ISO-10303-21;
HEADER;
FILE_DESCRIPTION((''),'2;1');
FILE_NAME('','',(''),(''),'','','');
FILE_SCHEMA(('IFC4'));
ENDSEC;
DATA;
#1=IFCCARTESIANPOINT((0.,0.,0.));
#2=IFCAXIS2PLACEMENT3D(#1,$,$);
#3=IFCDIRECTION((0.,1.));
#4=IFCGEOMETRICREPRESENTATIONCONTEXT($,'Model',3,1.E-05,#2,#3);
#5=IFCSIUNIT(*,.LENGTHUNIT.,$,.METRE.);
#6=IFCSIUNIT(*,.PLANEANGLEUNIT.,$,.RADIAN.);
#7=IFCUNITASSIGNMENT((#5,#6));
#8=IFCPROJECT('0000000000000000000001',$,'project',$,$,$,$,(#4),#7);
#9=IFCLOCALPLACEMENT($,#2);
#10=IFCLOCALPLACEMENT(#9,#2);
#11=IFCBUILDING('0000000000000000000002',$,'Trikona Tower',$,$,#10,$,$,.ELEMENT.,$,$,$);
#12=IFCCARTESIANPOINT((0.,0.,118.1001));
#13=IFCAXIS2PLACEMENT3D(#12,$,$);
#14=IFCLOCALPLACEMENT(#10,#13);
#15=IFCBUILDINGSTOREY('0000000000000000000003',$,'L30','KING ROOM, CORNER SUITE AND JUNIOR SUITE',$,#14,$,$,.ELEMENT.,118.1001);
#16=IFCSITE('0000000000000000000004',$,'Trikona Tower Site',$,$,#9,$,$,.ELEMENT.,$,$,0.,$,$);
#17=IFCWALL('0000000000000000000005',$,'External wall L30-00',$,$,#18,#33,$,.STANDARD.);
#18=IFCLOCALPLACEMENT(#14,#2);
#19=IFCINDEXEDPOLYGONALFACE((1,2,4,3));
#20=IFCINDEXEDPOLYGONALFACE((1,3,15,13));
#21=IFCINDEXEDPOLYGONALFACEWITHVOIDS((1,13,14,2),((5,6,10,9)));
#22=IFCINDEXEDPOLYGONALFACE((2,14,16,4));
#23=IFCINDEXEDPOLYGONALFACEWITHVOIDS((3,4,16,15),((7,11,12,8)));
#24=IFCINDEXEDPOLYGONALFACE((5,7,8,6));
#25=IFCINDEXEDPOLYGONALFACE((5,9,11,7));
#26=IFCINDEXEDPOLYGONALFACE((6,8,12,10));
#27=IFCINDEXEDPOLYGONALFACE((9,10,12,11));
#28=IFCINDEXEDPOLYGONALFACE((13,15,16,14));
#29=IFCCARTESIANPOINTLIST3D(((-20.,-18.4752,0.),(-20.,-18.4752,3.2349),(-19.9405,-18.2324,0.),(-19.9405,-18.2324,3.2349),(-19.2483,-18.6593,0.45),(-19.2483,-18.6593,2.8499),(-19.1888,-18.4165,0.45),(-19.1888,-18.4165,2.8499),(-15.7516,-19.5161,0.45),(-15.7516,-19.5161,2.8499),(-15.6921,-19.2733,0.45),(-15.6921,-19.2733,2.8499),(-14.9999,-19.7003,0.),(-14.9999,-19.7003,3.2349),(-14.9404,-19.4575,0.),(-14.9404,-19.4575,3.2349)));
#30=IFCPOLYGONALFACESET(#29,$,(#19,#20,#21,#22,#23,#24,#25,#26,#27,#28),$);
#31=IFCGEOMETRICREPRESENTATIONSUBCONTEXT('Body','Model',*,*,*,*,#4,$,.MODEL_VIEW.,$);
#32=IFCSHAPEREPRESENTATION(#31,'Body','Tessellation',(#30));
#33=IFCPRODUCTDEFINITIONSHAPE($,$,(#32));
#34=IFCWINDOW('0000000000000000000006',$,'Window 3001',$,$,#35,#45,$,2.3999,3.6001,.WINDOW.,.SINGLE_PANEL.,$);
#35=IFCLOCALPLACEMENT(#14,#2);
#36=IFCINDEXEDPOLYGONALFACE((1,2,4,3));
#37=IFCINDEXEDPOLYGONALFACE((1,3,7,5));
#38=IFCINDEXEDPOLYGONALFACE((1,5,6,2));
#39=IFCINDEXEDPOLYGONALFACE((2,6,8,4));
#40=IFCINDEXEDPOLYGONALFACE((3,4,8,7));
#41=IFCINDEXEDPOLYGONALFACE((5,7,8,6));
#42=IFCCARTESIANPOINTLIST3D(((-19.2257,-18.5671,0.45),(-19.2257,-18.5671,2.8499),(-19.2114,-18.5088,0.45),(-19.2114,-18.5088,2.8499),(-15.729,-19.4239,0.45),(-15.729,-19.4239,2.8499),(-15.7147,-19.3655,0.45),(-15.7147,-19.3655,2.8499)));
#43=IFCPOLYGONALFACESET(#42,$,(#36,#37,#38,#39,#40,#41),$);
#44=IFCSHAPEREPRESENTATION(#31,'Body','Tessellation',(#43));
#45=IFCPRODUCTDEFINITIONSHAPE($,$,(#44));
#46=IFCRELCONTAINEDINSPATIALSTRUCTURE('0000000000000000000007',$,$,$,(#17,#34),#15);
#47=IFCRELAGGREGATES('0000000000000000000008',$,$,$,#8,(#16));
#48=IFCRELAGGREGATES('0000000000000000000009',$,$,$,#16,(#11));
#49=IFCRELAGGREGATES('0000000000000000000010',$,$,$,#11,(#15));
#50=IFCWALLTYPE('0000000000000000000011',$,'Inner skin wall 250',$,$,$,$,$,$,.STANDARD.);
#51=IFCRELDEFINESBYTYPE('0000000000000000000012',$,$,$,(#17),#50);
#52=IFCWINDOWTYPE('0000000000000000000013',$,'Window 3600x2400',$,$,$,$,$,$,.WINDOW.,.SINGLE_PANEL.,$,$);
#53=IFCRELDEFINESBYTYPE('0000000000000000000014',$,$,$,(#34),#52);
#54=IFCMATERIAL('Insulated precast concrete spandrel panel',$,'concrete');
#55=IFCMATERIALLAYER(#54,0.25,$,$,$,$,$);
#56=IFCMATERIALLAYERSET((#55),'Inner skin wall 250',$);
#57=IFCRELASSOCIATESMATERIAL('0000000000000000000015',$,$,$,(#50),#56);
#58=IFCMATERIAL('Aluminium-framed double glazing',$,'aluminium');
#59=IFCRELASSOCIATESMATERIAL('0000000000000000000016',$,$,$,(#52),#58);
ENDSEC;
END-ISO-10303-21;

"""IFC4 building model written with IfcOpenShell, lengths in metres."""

from ifc_helpers import new_model, si_unit, direction, frame, frame_2d, origin, place, context, subcontext, project, spatial, rectangle, extrude, material, layer, layer_set, type_object, element, fill, save


model = new_model("IFC4")

# Units and contexts
model_context = context("Model", 3, precision=1e-05, world=origin(), true_north=direction((0.0, 1.0)))
body_context = subcontext(model_context, "Body", "Model", "MODEL_VIEW")
ifc_project = project(units=[si_unit("LENGTHUNIT", "METRE"), si_unit("PLANEANGLEUNIT", "RADIAN")], contexts=[model_context])

# Site, building, storey
site_placement = place(None, origin())
site = spatial("IfcSite", under=ifc_project, at=site_placement, Name="Trikona Tower Site", CompositionType="ELEMENT", RefElevation=0.0)
building_placement = place(site_placement, origin())
building = spatial("IfcBuilding", under=site, at=building_placement, Name="Trikona Tower", CompositionType="ELEMENT")
storey_placement = place(building_placement, frame((0.0, 0.0, 118.1001)))
storey = spatial("IfcBuildingStorey", under=building, at=storey_placement, Name="L30", Description="KING ROOM, CORNER SUITE AND JUNIOR SUITE", CompositionType="ELEMENT", Elevation=118.1001)

# Wall, opening, window
ifc_material_1 = material(Name="Insulated precast concrete spandrel panel", Category="concrete")
ifc_layer_1 = layer(ifc_material_1, 0.25)
ifc_layer_set_1 = layer_set([ifc_layer_1], Name="Inner skin wall 250")
wall_type_1 = type_object("IfcWallType", Name="Inner skin wall 250", PredefinedType="STANDARD", material=ifc_layer_set_1)
wall_1_placement = place(storey_placement, frame((-19.9702, -18.3538, 0.0), z_axis=(0.0, 0.0, 1.0), x_axis=(0.97127, -0.23798, 0.0)))
wall_1 = element("IfcWall", 1, at=wall_1_placement, inside=storey, type_object=wall_type_1, Name="External wall L30-00", PredefinedType="STANDARD", context=body_context, shape_type="SweptSolid", body=[
    extrude(rectangle(XDim=5.1479, YDim=0.25, at=frame_2d((2.574, 0.0))), origin(), (0.0, 0.0, 1.0), 3.2349),
])
opening_1_placement = place(wall_1_placement, frame((0.7739, 0.0, 0.45)))
opening_1 = element("IfcOpeningElement", 2, at=opening_1_placement, cuts=wall_1, PredefinedType="OPENING", context=body_context, shape_type="SweptSolid", body=[
    extrude(rectangle(XDim=3.6001, YDim=2.3999, at=frame_2d((1.8, 1.2))), frame((0.0, 0.135, 0.0), z_axis=(0.0, -1.0, 0.0), x_axis=(1.0, 0.0, 0.0)), (0.0, 0.0, 1.0), 0.27),
])
ifc_material_2 = material(Name="Aluminium-framed double glazing", Category="aluminium")
window_type_1 = type_object("IfcWindowType", Name="Window 3600x2400", PartitioningType="SINGLE_PANEL", PredefinedType="WINDOW", material=ifc_material_2)
window_1_placement = place(opening_1_placement, origin())
window_1 = element("IfcWindow", 3, at=window_1_placement, inside=storey, type_object=window_type_1, Name="Window 3001", OverallHeight=2.3999, OverallWidth=3.6001, PartitioningType="SINGLE_PANEL", PredefinedType="WINDOW", context=body_context, shape_type="SweptSolid", body=[
    extrude(rectangle(XDim=3.6001, YDim=2.3999, at=frame_2d((1.8, 1.2))), frame((0.0, 0.03, 0.0), z_axis=(0.0, -1.0, 0.0), x_axis=(1.0, 0.0, 0.0)), (0.0, 0.0, 1.0), 0.0601),
])
fill(opening_1, window_1)

save(model, "model.ifc")
